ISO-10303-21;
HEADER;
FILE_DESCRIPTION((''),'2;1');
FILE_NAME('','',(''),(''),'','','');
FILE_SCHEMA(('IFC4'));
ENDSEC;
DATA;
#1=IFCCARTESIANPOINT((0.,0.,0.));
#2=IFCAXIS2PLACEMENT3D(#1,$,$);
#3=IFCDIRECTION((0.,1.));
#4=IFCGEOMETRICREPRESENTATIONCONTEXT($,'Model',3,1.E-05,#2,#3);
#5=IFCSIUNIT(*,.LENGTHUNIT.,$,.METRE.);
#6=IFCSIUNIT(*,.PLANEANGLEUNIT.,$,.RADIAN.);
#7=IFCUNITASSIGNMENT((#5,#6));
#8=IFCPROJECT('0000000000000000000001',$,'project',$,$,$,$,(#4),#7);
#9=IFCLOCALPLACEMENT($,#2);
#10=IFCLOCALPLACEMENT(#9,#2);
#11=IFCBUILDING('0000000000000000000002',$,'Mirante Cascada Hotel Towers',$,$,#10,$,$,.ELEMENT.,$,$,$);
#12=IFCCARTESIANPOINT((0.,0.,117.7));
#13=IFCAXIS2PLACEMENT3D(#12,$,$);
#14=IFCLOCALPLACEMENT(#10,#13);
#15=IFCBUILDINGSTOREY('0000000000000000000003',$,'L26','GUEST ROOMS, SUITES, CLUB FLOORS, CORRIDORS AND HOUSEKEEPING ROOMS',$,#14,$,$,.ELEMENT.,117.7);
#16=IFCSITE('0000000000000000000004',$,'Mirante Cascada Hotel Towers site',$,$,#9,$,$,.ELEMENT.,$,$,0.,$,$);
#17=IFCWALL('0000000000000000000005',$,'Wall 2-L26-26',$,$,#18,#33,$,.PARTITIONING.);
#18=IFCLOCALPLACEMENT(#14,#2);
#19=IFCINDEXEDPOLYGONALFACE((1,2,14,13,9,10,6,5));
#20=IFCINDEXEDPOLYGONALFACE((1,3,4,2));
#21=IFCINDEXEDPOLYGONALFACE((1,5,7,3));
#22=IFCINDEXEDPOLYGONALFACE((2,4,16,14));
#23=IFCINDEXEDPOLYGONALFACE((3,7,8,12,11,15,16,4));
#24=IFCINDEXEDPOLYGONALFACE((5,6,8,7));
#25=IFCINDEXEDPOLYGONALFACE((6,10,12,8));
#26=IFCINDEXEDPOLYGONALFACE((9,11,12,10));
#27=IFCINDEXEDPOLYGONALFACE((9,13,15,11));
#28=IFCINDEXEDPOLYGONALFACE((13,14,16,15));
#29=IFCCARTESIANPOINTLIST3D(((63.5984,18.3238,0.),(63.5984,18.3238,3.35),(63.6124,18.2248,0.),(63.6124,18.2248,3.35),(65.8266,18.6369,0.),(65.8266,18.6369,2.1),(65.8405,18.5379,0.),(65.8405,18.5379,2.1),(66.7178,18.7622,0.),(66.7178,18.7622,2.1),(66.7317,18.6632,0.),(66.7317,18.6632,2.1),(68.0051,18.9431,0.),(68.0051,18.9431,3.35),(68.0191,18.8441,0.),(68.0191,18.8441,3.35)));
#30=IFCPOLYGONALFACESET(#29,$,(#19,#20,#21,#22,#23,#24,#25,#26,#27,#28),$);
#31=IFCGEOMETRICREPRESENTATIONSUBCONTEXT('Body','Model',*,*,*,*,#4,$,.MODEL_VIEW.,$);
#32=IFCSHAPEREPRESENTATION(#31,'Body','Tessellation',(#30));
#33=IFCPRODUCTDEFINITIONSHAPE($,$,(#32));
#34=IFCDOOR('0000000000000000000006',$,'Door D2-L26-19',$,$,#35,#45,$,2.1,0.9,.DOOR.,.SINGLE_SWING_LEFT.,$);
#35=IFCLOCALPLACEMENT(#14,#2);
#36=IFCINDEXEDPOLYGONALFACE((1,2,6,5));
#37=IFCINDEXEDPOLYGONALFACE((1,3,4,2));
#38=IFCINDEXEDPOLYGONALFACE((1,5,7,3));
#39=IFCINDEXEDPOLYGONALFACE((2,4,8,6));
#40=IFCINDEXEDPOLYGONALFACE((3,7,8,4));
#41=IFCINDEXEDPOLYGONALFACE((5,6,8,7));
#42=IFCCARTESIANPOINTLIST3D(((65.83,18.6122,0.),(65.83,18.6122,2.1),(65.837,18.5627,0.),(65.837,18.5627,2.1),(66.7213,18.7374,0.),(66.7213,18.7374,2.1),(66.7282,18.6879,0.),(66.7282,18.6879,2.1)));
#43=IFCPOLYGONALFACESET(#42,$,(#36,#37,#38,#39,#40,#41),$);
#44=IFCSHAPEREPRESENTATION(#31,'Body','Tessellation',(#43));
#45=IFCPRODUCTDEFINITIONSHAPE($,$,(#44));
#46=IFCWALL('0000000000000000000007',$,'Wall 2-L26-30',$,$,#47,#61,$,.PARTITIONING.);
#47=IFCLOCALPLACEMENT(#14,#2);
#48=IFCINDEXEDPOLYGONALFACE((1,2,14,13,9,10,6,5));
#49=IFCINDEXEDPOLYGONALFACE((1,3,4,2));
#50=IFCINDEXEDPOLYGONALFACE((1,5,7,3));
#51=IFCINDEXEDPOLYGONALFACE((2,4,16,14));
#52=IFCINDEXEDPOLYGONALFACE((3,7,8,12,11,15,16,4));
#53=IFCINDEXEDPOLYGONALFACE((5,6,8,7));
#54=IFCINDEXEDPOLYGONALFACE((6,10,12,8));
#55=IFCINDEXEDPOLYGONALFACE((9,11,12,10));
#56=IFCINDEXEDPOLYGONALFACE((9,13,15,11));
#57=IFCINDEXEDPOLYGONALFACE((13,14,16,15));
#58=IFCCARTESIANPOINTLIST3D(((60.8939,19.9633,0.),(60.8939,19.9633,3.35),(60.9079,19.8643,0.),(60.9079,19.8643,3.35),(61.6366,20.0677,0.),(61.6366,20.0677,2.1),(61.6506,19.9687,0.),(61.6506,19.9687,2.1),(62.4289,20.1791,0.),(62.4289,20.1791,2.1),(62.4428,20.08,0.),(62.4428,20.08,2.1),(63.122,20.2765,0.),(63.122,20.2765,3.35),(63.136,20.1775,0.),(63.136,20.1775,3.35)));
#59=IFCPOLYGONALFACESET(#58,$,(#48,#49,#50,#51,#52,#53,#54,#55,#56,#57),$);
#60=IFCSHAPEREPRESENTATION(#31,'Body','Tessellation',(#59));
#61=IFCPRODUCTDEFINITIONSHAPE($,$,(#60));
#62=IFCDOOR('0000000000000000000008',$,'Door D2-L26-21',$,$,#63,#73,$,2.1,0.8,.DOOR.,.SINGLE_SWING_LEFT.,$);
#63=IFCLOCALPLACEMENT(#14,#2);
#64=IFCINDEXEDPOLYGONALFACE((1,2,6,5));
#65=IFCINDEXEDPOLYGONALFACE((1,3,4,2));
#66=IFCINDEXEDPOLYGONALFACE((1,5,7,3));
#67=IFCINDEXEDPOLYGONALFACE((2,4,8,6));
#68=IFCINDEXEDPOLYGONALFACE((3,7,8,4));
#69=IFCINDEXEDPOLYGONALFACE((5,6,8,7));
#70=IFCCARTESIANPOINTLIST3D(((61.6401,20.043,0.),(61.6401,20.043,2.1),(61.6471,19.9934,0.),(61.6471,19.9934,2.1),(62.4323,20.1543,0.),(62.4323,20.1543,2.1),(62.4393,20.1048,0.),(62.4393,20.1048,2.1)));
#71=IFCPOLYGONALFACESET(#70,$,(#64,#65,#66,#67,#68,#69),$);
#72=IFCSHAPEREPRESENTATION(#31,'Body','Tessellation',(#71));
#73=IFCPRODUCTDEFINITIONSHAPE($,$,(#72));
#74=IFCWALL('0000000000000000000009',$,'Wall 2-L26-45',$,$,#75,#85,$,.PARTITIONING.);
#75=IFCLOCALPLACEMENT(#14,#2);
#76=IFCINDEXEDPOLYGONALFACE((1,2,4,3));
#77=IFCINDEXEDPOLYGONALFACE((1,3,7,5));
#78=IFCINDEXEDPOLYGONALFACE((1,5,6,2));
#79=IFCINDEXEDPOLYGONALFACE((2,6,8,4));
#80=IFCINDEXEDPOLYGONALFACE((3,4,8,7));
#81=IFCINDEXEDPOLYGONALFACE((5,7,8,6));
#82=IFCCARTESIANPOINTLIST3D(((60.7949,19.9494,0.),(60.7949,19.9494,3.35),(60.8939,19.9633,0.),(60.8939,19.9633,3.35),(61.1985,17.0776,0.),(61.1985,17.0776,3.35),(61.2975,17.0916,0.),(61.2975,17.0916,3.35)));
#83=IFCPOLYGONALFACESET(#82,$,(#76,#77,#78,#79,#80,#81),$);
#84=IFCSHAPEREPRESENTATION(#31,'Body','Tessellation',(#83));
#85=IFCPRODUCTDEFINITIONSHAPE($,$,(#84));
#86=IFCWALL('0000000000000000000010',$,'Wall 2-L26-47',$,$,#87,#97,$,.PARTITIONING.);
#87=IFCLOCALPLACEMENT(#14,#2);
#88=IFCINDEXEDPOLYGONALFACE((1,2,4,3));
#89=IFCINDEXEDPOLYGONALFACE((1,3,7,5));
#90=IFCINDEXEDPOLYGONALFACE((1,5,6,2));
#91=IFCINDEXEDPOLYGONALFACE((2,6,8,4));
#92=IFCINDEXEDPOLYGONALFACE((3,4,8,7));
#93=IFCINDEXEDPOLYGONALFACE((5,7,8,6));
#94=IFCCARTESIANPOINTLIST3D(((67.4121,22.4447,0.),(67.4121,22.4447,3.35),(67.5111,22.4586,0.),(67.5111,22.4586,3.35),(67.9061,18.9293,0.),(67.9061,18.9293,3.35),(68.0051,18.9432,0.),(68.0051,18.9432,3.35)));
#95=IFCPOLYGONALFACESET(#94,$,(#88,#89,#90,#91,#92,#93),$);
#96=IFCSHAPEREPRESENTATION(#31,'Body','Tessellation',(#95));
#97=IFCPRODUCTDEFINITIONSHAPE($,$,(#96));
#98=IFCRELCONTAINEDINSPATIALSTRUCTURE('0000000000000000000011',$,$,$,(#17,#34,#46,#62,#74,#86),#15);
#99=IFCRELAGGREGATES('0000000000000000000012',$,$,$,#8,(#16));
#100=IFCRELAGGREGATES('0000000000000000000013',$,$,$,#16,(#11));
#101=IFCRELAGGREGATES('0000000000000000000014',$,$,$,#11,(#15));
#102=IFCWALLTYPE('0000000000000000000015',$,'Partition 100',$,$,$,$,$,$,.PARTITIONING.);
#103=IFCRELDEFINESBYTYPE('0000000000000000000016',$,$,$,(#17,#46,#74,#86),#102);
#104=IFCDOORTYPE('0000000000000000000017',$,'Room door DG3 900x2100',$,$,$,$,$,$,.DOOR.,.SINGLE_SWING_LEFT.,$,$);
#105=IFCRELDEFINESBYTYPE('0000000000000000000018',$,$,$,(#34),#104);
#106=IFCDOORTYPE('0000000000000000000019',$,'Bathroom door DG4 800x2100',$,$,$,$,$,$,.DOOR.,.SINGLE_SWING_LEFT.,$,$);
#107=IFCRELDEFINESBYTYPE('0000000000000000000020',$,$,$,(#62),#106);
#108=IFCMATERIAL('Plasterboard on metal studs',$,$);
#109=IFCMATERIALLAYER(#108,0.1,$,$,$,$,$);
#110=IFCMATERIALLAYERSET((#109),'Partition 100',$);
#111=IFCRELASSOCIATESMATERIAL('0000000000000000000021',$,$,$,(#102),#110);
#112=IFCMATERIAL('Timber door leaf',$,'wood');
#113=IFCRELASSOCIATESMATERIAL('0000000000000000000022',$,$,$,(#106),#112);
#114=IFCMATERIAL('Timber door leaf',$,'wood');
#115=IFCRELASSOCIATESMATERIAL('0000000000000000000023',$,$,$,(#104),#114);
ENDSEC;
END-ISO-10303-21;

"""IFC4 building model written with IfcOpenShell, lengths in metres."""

from ifc_helpers import new_model, si_unit, direction, frame, frame_2d, origin, place, context, subcontext, project, spatial, rectangle, extrude, material, layer, layer_set, type_object, element, fill, save


model = new_model("IFC4")

# Units and contexts
model_context = context("Model", 3, precision=1e-05, world=origin(), true_north=direction((0.0, 1.0)))
body_context = subcontext(model_context, "Body", "Model", "MODEL_VIEW")
ifc_project = project(units=[si_unit("LENGTHUNIT", "METRE"), si_unit("PLANEANGLEUNIT", "RADIAN")], contexts=[model_context])

# Site, building, storey
site_placement = place(None, origin())
site = spatial("IfcSite", under=ifc_project, at=site_placement, Name="Mirante Cascada Hotel Towers site", CompositionType="ELEMENT", RefElevation=0.0)
building_placement = place(site_placement, origin())
building = spatial("IfcBuilding", under=site, at=building_placement, Name="Mirante Cascada Hotel Towers", CompositionType="ELEMENT")
storey_placement = place(building_placement, frame((0.0, 0.0, 117.7)))
storey = spatial("IfcBuildingStorey", under=building, at=storey_placement, Name="L26", Description="GUEST ROOMS, SUITES, CLUB FLOORS, CORRIDORS AND HOUSEKEEPING ROOMS", CompositionType="ELEMENT", Elevation=117.7)

# Shared definitions
ifc_material_1 = material(Name="Plasterboard on metal studs")
ifc_layer_1 = layer(ifc_material_1, 0.1)
ifc_layer_set_1 = layer_set([ifc_layer_1], Name="Partition 100")
wall_type_1 = type_object("IfcWallType", Name="Partition 100", PredefinedType="PARTITIONING", material=ifc_layer_set_1)
ifc_material_2 = material(Name="Timber door leaf", Category="wood")
door_type_1 = type_object("IfcDoorType", Name="Bathroom door DG4 800x2100", OperationType="SINGLE_SWING_LEFT", PredefinedType="DOOR", material=ifc_material_2)

# Walls, openings, doors
wall_1_placement = place(storey_placement, frame((68.0121, 18.8936, 0.0), z_axis=(0.0, 0.0, 1.0), x_axis=(-0.990269, -0.139168, 0.0)))
wall_1 = element("IfcWall", 1, at=wall_1_placement, inside=storey, type_object=wall_type_1, Name="Wall 2-L26-26", PredefinedType="PARTITIONING", context=body_context, shape_type="SweptSolid", body=[
    extrude(rectangle(XDim=4.45, YDim=0.1, at=frame_2d((2.225, 0.0))), origin(), (0.0, 0.0, 1.0), 3.35),
])
opening_1_placement = place(wall_1_placement, frame((1.3, 0.0, 0.0)))
opening_1 = element("IfcOpeningElement", 2, at=opening_1_placement, cuts=wall_1, PredefinedType="OPENING", context=body_context, shape_type="SweptSolid", body=[
    extrude(rectangle(XDim=0.9, YDim=2.1, at=frame_2d((0.45, 1.05))), frame((0.0, 0.05, 0.0), z_axis=(0.0, -1.0, 0.0), x_axis=(1.0, 0.0, 0.0)), (0.0, 0.0, 1.0), 0.1),
])
ifc_material_3 = material(Name="Timber door leaf", Category="wood")
door_type_2 = type_object("IfcDoorType", Name="Room door DG3 900x2100", OperationType="SINGLE_SWING_LEFT", PredefinedType="DOOR", material=ifc_material_3)
door_1_placement = place(opening_1_placement, origin())
door_1 = element("IfcDoor", 3, at=door_1_placement, inside=storey, type_object=door_type_2, Name="Door D2-L26-19", OperationType="SINGLE_SWING_LEFT", OverallHeight=2.1, OverallWidth=0.9, PredefinedType="DOOR", context=body_context, shape_type="SweptSolid", body=[
    extrude(rectangle(XDim=0.9, YDim=2.1, at=frame_2d((0.45, 1.05))), frame((0.0, 0.025, 0.0), z_axis=(0.0, -1.0, 0.0), x_axis=(1.0, 0.0, 0.0)), (0.0, 0.0, 1.0), 0.05),
])
fill(opening_1, door_1)
wall_2_placement = place(storey_placement, frame((63.129, 20.227, 0.0), z_axis=(0.0, 0.0, 1.0), x_axis=(-0.990264, -0.1392, 0.0)))
wall_2 = element("IfcWall", 4, at=wall_2_placement, inside=storey, type_object=wall_type_1, Name="Wall 2-L26-30", PredefinedType="PARTITIONING", context=body_context, shape_type="SweptSolid", body=[
    extrude(rectangle(XDim=2.25, YDim=0.1, at=frame_2d((1.125, 0.0))), origin(), (0.0, 0.0, 1.0), 3.35),
])
opening_2_placement = place(wall_2_placement, frame((0.7, 0.0, 0.0)))
opening_2 = element("IfcOpeningElement", 5, at=opening_2_placement, cuts=wall_2, PredefinedType="OPENING", context=body_context, shape_type="SweptSolid", body=[
    extrude(rectangle(XDim=0.8, YDim=2.1, at=frame_2d((0.4, 1.05))), frame((0.0, 0.05, 0.0), z_axis=(0.0, -1.0, 0.0), x_axis=(1.0, 0.0, 0.0)), (0.0, 0.0, 1.0), 0.1),
])
door_2_placement = place(opening_2_placement, origin())
door_2 = element("IfcDoor", 6, at=door_2_placement, inside=storey, type_object=door_type_1, Name="Door D2-L26-21", OperationType="SINGLE_SWING_LEFT", OverallHeight=2.1, OverallWidth=0.8, PredefinedType="DOOR", context=body_context, shape_type="SweptSolid", body=[
    extrude(rectangle(XDim=0.8, YDim=2.1, at=frame_2d((0.4, 1.05))), frame((0.0, 0.025, 0.0), z_axis=(0.0, -1.0, 0.0), x_axis=(1.0, 0.0, 0.0)), (0.0, 0.0, 1.0), 0.05),
])
fill(opening_2, door_2)

# Walls
wall_3_placement = place(storey_placement, frame((61.248, 17.0846, 0.0), z_axis=(0.0, 0.0, 1.0), x_axis=(-0.139171, 0.990268, 0.0)))
element("IfcWall", 7, at=wall_3_placement, inside=storey, type_object=wall_type_1, Name="Wall 2-L26-45", PredefinedType="PARTITIONING", context=body_context, shape_type="SweptSolid", body=[
    extrude(rectangle(XDim=2.9, YDim=0.1, at=frame_2d((1.45, 0.0))), origin(), (0.0, 0.0, 1.0), 3.35),
])
wall_4_placement = place(storey_placement, frame((67.9556, 18.9362, 0.0), z_axis=(0.0, 0.0, 1.0), x_axis=(-0.139157, 0.99027, 0.0)))
element("IfcWall", 8, at=wall_4_placement, inside=storey, type_object=wall_type_1, Name="Wall 2-L26-47", PredefinedType="PARTITIONING", context=body_context, shape_type="SweptSolid", body=[
    extrude(rectangle(XDim=3.5499, YDim=0.1, at=frame_2d((1.775, 0.0))), origin(), (0.0, 0.0, 1.0), 3.35),
])

save(model, "model.ifc")
